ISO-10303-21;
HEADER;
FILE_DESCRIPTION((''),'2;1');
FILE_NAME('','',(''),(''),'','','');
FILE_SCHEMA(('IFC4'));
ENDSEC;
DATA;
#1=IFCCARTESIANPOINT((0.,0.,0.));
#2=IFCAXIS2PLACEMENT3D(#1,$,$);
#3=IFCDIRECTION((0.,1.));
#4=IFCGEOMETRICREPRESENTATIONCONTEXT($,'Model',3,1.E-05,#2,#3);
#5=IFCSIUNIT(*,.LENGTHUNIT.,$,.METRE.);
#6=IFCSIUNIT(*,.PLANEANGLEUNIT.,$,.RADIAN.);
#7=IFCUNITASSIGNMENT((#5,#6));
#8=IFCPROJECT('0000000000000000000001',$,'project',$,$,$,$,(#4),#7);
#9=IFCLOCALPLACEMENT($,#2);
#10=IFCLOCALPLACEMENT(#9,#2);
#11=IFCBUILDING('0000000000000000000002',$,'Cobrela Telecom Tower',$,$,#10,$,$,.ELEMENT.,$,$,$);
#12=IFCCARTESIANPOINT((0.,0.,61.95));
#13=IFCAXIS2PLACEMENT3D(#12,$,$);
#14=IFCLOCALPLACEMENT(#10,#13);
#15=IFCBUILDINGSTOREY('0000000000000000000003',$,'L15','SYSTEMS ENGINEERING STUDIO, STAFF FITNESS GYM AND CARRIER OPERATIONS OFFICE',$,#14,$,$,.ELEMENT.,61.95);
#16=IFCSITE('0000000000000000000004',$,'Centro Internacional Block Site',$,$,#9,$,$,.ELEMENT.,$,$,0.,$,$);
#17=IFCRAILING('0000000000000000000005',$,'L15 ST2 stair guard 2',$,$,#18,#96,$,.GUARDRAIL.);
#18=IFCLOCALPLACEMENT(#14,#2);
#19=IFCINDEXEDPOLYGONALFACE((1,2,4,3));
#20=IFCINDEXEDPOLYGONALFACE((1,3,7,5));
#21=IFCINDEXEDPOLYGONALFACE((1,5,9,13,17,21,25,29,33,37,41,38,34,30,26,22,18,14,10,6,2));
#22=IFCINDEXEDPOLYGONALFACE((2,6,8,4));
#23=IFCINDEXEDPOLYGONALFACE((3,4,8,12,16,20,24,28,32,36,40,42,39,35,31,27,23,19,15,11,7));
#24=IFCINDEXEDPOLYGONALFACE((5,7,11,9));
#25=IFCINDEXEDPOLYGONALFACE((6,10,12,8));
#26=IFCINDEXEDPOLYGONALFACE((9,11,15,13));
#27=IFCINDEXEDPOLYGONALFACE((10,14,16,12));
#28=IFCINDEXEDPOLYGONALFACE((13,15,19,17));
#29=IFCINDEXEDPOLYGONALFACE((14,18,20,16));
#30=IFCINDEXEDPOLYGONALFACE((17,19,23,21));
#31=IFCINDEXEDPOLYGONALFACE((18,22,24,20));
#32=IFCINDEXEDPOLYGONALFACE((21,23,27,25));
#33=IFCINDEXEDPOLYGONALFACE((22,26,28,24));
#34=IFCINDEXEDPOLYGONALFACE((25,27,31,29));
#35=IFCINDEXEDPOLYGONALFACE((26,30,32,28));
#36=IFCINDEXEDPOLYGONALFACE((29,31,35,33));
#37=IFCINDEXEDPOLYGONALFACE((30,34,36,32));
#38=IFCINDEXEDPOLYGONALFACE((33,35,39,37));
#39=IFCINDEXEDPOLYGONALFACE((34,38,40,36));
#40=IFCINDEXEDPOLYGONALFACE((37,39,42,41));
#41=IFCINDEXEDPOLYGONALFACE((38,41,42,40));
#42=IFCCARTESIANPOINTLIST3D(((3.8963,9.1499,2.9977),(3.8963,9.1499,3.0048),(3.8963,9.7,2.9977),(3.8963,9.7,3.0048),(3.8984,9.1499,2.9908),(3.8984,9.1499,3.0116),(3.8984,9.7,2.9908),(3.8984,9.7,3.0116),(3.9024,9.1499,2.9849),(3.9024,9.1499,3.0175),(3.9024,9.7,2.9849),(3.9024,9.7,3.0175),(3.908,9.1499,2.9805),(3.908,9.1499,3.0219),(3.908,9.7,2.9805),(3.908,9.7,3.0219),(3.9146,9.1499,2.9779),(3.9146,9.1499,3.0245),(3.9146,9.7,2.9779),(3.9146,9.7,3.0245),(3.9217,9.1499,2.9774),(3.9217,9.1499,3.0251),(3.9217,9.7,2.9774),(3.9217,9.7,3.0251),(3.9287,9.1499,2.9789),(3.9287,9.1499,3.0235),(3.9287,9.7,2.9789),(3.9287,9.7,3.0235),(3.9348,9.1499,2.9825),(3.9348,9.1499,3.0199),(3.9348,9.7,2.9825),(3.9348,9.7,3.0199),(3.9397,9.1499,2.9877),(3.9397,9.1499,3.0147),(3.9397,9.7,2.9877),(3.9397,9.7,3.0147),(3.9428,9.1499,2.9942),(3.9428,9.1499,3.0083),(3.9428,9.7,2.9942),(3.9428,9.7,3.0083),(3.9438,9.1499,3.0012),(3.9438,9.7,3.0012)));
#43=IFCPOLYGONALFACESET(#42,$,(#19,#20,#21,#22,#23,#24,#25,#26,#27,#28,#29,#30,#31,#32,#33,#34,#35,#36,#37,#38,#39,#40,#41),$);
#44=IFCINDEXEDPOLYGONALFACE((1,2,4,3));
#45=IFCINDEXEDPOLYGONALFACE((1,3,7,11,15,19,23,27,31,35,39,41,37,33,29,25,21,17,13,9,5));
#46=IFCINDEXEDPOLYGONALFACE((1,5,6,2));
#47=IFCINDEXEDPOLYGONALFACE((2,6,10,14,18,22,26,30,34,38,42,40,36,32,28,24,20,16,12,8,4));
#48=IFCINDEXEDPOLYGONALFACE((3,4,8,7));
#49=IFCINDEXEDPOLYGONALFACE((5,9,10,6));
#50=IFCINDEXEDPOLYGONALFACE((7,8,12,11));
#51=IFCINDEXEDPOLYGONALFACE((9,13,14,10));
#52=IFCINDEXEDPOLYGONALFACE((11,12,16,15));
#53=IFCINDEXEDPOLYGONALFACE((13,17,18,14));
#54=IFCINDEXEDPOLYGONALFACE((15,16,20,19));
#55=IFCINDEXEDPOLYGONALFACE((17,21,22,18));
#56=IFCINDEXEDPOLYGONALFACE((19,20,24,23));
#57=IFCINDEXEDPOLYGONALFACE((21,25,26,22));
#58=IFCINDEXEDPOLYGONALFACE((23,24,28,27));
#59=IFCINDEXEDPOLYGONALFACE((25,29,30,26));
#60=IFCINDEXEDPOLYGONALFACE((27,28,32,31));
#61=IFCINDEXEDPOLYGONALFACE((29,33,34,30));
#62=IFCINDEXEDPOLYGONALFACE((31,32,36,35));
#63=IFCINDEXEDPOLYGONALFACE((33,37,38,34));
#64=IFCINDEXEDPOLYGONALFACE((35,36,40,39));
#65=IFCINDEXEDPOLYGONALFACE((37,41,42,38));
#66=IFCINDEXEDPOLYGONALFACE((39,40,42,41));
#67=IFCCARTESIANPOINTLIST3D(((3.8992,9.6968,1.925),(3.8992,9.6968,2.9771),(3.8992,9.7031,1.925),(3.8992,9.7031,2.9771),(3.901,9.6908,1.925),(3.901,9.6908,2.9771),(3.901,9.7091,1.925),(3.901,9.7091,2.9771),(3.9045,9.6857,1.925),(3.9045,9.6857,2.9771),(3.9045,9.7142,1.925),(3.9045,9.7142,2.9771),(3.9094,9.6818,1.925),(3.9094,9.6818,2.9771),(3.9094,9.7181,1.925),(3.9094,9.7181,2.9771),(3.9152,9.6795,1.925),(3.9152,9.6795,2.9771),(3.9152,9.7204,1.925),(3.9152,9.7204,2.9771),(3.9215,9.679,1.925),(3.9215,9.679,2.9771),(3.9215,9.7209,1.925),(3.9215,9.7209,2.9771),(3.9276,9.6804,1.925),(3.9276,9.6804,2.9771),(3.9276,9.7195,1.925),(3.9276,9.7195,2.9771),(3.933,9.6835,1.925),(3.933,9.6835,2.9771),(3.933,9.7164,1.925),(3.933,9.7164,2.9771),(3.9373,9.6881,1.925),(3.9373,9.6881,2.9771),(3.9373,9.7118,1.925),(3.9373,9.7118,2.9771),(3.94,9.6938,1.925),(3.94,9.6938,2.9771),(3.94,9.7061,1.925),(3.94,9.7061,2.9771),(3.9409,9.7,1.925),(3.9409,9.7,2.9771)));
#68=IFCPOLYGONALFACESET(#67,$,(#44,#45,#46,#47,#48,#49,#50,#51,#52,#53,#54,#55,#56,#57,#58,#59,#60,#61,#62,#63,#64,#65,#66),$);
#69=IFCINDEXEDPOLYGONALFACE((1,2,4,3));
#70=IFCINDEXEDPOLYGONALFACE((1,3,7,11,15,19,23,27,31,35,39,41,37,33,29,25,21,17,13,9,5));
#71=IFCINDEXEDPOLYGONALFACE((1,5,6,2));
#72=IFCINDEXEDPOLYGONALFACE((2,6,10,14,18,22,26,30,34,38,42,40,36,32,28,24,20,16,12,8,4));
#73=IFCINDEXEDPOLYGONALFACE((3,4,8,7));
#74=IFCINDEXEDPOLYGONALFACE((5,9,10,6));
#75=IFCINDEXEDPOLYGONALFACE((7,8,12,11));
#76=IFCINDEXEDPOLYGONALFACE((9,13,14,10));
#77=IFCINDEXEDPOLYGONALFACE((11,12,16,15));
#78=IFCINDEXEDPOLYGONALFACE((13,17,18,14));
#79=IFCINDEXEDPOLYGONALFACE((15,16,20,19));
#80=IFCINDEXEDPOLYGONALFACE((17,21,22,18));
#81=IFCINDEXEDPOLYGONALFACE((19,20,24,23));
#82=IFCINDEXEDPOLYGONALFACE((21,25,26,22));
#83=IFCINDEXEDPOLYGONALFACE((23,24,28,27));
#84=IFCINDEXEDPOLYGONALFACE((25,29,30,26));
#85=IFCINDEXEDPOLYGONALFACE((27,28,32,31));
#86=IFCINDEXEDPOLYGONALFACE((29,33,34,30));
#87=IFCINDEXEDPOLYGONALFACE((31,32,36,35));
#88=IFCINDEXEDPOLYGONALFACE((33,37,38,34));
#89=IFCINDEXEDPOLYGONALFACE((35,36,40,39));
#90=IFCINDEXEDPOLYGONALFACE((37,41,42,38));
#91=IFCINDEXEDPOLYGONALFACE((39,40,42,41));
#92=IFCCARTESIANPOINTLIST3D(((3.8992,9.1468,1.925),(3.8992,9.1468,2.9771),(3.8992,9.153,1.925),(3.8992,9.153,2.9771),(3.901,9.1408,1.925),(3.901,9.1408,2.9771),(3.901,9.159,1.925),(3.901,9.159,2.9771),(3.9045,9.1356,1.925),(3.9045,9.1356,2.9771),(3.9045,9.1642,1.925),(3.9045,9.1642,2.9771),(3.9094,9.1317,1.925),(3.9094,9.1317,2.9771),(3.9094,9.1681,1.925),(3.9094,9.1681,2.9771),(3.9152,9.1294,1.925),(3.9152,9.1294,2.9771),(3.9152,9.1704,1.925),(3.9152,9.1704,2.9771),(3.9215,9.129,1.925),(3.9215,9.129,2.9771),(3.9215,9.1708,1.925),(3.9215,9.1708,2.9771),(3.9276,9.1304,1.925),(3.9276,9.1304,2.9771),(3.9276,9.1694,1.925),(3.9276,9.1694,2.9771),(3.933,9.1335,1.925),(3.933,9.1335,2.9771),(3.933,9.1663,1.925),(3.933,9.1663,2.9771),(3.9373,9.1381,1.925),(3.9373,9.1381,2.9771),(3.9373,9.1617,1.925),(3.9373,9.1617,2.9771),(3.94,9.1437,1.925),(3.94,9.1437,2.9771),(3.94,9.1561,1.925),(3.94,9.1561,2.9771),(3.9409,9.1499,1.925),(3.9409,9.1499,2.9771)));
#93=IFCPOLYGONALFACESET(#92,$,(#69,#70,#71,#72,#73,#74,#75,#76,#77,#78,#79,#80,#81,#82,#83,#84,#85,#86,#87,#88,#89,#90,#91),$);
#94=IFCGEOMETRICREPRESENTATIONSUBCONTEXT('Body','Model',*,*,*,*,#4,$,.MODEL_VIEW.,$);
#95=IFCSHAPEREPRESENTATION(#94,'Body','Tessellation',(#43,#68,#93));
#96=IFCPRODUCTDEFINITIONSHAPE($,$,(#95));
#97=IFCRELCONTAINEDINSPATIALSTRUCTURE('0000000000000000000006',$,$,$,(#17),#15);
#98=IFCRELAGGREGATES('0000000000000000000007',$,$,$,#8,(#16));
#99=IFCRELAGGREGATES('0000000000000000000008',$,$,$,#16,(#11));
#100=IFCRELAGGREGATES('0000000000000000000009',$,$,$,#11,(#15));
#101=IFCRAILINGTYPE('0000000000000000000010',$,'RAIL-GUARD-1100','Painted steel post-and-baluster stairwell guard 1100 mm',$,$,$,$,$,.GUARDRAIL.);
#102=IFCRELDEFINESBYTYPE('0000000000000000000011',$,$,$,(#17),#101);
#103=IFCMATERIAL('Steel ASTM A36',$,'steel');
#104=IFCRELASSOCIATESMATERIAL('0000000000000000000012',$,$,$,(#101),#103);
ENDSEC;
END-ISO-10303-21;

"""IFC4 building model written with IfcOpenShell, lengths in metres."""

from ifc_helpers import new_model, si_unit, direction, frame, origin, origin_2d, place, context, subcontext, project, spatial, circle, extrude, material, type_object, element, save


model = new_model("IFC4")

# Units and contexts
model_context = context("Model", 3, precision=1e-05, world=origin(), true_north=direction((0.0, 1.0)))
body_context = subcontext(model_context, "Body", "Model", "MODEL_VIEW")
ifc_project = project(units=[si_unit("LENGTHUNIT", "METRE"), si_unit("PLANEANGLEUNIT", "RADIAN")], contexts=[model_context])

# Site, building, storey
site_placement = place(None, origin())
site = spatial("IfcSite", under=ifc_project, at=site_placement, Name="Centro Internacional Block Site", CompositionType="ELEMENT", RefElevation=0.0)
building_placement = place(site_placement, origin())
building = spatial("IfcBuilding", under=site, at=building_placement, Name="Cobrela Telecom Tower", CompositionType="ELEMENT")
storey_placement = place(building_placement, frame((0.0, 0.0, 61.95)))
storey = spatial("IfcBuildingStorey", under=building, at=storey_placement, Name="L15", Description="SYSTEMS ENGINEERING STUDIO, STAFF FITNESS GYM AND CARRIER OPERATIONS OFFICE", CompositionType="ELEMENT", Elevation=61.95)

# Railing
ifc_material_1 = material(Name="Steel ASTM A36", Category="steel")
railing_type_1 = type_object("IfcRailingType", Name="RAIL-GUARD-1100", Description="Painted steel post-and-baluster stairwell guard 1100 mm", PredefinedType="GUARDRAIL", material=ifc_material_1)
railing_1_placement = place(storey_placement, frame((3.9199, 9.7, 1.925)))
element("IfcRailing", 1, at=railing_1_placement, inside=storey, type_object=railing_type_1, Name="L15 ST2 stair guard 2", PredefinedType="GUARDRAIL", context=body_context, shape_type="SweptSolid", body=[
    extrude(circle(Radius=0.0239, at=origin_2d()), frame((0.0, 0.0, 1.0762), z_axis=(0.0, -1.0, 0.0), x_axis=(1.0, 0.0, 0.0)), (0.0, 0.0, 1.0), 0.55),
    extrude(circle(Radius=0.021, at=origin_2d()), origin(), (0.0, 0.0, 1.0), 1.052),
    extrude(circle(Radius=0.021, at=origin_2d()), frame((0.0, -0.55, 0.0)), (0.0, 0.0, 1.0), 1.052),
])

save(model, "model.ifc")
